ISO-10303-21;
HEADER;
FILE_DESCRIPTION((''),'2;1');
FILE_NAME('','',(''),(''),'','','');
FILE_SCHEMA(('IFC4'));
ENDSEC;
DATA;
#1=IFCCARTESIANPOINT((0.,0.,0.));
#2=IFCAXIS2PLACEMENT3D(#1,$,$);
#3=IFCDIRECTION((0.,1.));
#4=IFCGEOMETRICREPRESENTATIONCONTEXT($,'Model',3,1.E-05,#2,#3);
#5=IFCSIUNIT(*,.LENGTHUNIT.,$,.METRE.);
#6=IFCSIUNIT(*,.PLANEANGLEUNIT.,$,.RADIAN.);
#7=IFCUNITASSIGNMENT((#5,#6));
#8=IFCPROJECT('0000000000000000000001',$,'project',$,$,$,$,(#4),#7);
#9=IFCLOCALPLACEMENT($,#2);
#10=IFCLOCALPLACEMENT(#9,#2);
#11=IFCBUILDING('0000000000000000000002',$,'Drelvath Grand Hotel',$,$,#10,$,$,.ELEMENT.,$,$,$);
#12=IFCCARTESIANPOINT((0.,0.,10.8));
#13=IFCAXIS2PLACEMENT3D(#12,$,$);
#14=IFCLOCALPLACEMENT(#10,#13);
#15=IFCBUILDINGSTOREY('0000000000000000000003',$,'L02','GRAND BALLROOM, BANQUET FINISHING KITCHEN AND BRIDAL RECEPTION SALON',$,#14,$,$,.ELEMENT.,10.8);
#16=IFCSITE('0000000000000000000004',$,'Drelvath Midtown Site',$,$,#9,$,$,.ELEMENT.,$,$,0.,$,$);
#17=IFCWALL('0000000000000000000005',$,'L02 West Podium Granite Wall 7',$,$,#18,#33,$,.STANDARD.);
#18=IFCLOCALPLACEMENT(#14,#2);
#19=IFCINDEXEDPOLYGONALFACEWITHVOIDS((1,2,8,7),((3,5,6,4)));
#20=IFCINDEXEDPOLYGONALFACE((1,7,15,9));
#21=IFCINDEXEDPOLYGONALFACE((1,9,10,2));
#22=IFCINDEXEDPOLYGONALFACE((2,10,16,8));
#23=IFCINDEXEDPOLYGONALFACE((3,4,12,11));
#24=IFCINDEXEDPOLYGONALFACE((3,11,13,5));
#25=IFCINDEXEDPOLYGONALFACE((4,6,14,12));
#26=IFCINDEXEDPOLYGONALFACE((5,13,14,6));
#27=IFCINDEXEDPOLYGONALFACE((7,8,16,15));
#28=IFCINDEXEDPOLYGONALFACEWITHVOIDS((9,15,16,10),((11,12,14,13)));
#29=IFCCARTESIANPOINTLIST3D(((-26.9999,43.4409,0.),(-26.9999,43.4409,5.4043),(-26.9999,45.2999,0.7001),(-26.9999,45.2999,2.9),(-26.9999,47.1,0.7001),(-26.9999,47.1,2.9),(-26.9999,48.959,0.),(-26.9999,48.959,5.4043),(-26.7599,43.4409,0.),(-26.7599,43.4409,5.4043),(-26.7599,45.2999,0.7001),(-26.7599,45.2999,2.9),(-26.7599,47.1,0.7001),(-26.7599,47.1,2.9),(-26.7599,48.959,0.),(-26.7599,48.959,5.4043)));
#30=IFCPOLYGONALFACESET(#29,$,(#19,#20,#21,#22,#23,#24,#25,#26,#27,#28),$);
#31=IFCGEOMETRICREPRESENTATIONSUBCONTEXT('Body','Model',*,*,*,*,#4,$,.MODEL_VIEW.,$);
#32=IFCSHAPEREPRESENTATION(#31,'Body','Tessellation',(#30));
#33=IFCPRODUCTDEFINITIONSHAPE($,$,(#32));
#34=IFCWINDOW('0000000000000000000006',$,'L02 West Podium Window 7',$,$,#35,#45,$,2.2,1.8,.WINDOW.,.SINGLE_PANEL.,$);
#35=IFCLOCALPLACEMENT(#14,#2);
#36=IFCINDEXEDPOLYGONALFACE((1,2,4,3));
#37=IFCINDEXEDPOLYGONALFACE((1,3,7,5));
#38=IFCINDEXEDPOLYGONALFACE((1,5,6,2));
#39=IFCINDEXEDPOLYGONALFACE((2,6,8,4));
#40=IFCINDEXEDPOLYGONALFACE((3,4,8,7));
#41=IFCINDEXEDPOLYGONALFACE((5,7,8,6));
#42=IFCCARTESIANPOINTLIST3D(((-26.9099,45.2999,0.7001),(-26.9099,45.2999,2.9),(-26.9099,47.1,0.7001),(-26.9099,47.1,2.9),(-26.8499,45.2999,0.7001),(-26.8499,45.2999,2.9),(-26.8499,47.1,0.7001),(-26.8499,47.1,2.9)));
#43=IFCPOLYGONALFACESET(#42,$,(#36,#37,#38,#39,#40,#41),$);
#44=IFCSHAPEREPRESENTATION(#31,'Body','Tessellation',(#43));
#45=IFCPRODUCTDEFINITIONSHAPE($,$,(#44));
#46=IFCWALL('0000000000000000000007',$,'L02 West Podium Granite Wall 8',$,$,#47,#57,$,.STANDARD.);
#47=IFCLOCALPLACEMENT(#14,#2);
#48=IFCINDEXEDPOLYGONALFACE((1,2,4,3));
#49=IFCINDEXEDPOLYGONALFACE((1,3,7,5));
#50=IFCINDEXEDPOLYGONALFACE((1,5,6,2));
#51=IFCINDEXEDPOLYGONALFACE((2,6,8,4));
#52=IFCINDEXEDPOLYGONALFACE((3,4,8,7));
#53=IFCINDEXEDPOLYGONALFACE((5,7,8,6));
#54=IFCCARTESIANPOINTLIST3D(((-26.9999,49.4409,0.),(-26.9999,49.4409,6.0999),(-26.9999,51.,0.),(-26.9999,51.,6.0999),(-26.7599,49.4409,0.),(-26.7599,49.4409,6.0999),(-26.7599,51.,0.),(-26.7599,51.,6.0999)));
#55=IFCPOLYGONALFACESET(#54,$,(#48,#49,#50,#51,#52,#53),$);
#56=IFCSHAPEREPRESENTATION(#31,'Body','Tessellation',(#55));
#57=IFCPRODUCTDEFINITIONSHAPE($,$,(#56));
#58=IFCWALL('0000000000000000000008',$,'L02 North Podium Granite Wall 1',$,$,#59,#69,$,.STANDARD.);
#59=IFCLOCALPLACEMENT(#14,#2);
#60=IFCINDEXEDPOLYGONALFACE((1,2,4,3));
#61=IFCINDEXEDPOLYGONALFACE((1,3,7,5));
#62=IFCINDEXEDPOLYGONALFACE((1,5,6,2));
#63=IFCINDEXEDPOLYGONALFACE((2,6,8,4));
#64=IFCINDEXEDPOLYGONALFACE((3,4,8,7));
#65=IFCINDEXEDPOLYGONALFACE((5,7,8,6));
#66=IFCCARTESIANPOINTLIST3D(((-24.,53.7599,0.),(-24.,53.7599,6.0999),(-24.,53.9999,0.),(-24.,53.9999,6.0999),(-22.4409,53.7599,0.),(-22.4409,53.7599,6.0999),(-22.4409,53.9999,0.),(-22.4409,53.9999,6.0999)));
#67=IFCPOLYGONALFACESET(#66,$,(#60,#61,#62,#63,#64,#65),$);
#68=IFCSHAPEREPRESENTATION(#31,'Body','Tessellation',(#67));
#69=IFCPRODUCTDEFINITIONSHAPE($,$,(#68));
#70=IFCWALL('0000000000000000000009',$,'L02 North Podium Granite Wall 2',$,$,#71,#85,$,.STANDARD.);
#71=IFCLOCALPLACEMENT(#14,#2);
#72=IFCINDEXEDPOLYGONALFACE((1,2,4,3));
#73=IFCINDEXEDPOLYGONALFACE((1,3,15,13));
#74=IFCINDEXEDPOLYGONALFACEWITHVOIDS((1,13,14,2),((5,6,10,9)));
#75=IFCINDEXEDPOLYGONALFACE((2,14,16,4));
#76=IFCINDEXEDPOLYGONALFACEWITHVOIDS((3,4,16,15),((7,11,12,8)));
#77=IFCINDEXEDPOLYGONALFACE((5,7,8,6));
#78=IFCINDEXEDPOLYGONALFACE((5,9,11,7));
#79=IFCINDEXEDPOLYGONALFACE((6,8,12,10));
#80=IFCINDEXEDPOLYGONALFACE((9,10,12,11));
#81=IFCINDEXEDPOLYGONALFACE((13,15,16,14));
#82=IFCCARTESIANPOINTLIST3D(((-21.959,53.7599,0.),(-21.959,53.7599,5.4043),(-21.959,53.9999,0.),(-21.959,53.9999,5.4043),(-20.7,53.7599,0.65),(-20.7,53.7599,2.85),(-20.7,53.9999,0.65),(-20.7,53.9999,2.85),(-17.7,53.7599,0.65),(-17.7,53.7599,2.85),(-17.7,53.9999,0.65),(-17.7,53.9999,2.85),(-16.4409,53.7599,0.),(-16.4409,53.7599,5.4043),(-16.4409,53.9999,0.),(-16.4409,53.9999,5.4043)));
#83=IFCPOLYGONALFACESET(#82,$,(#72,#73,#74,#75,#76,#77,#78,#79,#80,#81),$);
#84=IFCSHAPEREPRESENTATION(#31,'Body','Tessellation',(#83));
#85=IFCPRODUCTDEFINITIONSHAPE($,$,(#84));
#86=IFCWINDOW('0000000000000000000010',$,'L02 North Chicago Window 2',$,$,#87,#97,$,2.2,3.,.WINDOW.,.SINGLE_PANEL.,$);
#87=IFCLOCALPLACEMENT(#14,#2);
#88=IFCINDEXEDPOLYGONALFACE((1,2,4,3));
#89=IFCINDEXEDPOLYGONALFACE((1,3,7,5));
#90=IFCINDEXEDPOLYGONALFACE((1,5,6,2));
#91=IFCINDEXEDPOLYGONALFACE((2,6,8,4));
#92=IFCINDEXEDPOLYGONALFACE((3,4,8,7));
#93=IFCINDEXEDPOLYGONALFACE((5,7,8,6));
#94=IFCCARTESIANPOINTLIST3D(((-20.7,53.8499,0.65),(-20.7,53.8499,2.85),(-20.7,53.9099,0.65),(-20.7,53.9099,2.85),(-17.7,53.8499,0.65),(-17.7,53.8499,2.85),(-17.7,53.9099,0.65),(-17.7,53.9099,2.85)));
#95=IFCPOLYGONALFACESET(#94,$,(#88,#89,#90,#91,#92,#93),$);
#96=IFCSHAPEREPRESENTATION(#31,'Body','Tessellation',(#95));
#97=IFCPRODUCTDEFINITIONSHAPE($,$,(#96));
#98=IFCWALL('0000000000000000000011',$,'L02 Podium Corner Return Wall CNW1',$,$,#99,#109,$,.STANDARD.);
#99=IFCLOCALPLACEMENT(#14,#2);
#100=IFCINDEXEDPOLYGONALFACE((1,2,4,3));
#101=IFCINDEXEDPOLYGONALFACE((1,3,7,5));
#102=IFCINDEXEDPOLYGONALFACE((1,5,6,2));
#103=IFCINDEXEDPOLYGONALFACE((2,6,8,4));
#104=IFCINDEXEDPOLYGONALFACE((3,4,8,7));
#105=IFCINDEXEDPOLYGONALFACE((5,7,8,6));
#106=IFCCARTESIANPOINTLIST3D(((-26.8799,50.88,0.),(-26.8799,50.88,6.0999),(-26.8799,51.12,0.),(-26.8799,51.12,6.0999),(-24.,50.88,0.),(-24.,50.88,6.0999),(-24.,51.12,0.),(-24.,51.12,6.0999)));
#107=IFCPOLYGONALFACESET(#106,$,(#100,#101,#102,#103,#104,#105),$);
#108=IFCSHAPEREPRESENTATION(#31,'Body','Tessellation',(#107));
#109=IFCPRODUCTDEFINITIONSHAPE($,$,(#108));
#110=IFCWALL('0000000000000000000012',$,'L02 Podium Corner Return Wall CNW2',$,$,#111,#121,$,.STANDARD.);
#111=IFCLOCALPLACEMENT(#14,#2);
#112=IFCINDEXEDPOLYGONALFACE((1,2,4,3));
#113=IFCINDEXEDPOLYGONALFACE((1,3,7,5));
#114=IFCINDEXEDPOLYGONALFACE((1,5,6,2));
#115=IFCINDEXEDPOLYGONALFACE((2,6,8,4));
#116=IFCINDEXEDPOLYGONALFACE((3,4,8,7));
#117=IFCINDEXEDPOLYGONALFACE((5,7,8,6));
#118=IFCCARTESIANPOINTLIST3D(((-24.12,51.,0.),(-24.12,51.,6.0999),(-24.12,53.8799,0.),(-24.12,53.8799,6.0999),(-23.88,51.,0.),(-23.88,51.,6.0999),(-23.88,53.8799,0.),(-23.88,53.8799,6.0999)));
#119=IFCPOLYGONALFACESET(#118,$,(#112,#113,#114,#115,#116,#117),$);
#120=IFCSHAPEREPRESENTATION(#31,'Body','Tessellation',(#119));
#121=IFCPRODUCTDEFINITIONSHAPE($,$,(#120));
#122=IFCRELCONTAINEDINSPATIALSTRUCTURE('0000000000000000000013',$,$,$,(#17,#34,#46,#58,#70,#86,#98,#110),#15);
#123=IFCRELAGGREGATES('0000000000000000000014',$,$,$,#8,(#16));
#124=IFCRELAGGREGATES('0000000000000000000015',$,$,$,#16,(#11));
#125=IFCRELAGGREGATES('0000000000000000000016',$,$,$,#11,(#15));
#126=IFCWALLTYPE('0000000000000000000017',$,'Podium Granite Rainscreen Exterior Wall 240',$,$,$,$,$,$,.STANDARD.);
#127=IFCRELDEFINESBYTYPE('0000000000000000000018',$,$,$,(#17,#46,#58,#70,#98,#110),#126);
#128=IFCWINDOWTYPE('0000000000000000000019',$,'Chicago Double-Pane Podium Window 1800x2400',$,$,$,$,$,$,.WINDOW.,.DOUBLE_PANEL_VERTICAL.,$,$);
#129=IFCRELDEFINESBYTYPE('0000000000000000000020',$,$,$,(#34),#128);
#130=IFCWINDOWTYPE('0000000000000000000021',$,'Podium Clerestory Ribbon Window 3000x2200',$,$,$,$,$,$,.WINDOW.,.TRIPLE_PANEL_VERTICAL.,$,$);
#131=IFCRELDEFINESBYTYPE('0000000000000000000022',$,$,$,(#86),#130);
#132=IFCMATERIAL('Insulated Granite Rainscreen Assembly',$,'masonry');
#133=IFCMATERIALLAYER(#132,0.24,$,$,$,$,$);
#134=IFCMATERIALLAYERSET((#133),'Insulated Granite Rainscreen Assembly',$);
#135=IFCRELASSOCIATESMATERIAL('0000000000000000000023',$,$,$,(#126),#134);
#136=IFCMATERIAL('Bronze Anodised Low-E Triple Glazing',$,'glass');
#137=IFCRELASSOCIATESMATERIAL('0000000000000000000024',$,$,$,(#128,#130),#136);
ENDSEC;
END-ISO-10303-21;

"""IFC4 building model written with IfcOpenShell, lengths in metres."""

from ifc_helpers import new_model, si_unit, direction, frame, frame_2d, origin, place, context, subcontext, project, spatial, rectangle, extrude, material, layer, layer_set, type_object, element, fill, save


model = new_model("IFC4")

# Units and contexts
model_context = context("Model", 3, precision=1e-05, world=origin(), true_north=direction((0.0, 1.0)))
body_context = subcontext(model_context, "Body", "Model", "MODEL_VIEW")
ifc_project = project(units=[si_unit("LENGTHUNIT", "METRE"), si_unit("PLANEANGLEUNIT", "RADIAN")], contexts=[model_context])

# Site, building, storey
site_placement = place(None, origin())
site = spatial("IfcSite", under=ifc_project, at=site_placement, Name="Drelvath Midtown Site", CompositionType="ELEMENT", RefElevation=0.0)
building_placement = place(site_placement, origin())
building = spatial("IfcBuilding", under=site, at=building_placement, Name="Drelvath Grand Hotel", CompositionType="ELEMENT")
storey_placement = place(building_placement, frame((0.0, 0.0, 10.8)))
storey = spatial("IfcBuildingStorey", under=building, at=storey_placement, Name="L02", Description="GRAND BALLROOM, BANQUET FINISHING KITCHEN AND BRIDAL RECEPTION SALON", CompositionType="ELEMENT", Elevation=10.8)

# Shared definitions
ifc_material_1 = material(Name="Insulated Granite Rainscreen Assembly", Category="masonry")
ifc_layer_1 = layer(ifc_material_1, 0.24)
ifc_layer_set_1 = layer_set([ifc_layer_1], Name="Insulated Granite Rainscreen Assembly")
wall_type_1 = type_object("IfcWallType", Name="Podium Granite Rainscreen Exterior Wall 240", PredefinedType="STANDARD", material=ifc_layer_set_1)
ifc_material_2 = material(Name="Bronze Anodised Low-E Triple Glazing", Category="glass")

# Wall, opening, window
wall_1_placement = place(storey_placement, frame((-26.8799, 43.4409, 0.0), z_axis=(0.0, 0.0, 1.0), x_axis=(0.0, 1.0, 0.0)))
wall_1 = element("IfcWall", 1, at=wall_1_placement, inside=storey, type_object=wall_type_1, Name="L02 West Podium Granite Wall 7", PredefinedType="STANDARD", context=body_context, shape_type="SweptSolid", body=[
    extrude(rectangle(XDim=5.5181, YDim=0.24, at=frame_2d((2.759, 0.0))), origin(), (0.0, 0.0, 1.0), 5.4043),
])
opening_1_placement = place(wall_1_placement, frame((1.8591, 0.0, 0.7)))
opening_1 = element("IfcOpeningElement", 2, at=opening_1_placement, cuts=wall_1, PredefinedType="OPENING", context=body_context, shape_type="SweptSolid", body=[
    extrude(rectangle(XDim=1.8, YDim=2.2, at=frame_2d((0.8999, 1.1001))), frame((0.0, 0.1299, 0.0), z_axis=(0.0, -1.0, 0.0), x_axis=(1.0, 0.0, 0.0)), (0.0, 0.0, 1.0), 0.26),
])
window_type_1 = type_object("IfcWindowType", Name="Chicago Double-Pane Podium Window 1800x2400", PartitioningType="DOUBLE_PANEL_VERTICAL", PredefinedType="WINDOW", material=ifc_material_2)
window_1_placement = place(opening_1_placement, origin())
window_1 = element("IfcWindow", 3, at=window_1_placement, inside=storey, type_object=window_type_1, Name="L02 West Podium Window 7", OverallHeight=2.2, OverallWidth=1.8, PartitioningType="SINGLE_PANEL", PredefinedType="WINDOW", context=body_context, shape_type="SweptSolid", body=[
    extrude(rectangle(XDim=1.8, YDim=2.2, at=frame_2d((0.8999, 1.1001))), frame((0.0, 0.03, 0.0), z_axis=(0.0, -1.0, 0.0), x_axis=(1.0, 0.0, 0.0)), (0.0, 0.0, 1.0), 0.0601),
])
fill(opening_1, window_1)

# Walls
for number, where, z_axis, x_axis, name in (
    (4, (-26.8799, 49.4409, 0.0), (0.0, 0.0, 1.0), (0.0, 1.0, 0.0), "L02 West Podium Granite Wall 8"),
    (5, (-24.0, 53.8799, 0.0), (0.0, 0.0, 1.0), (1.0, 0.0, 0.0), "L02 North Podium Granite Wall 1"),
):
    element("IfcWall", number, at=place(storey_placement, frame(where, z_axis=z_axis, x_axis=x_axis)), inside=storey, type_object=wall_type_1, Name=name, PredefinedType="STANDARD", context=body_context, shape_type="SweptSolid", body=[
        extrude(rectangle(XDim=1.5591, YDim=0.24, at=frame_2d((0.7795, 0.0))), origin(), (0.0, 0.0, 1.0), 6.0999),
    ])

# Wall, opening, window
wall_2_placement = place(storey_placement, frame((-21.959, 53.8799, 0.0), z_axis=(0.0, 0.0, 1.0), x_axis=(1.0, 0.0, 0.0)))
wall_2 = element("IfcWall", 6, at=wall_2_placement, inside=storey, type_object=wall_type_1, Name="L02 North Podium Granite Wall 2", PredefinedType="STANDARD", context=body_context, shape_type="SweptSolid", body=[
    extrude(rectangle(XDim=5.5181, YDim=0.24, at=frame_2d((2.759, 0.0))), origin(), (0.0, 0.0, 1.0), 5.4043),
])
opening_2_placement = place(wall_2_placement, frame((1.259, 0.0, 0.6499)))
opening_2 = element("IfcOpeningElement", 7, at=opening_2_placement, cuts=wall_2, PredefinedType="OPENING", context=body_context, shape_type="SweptSolid", body=[
    extrude(rectangle(XDim=3.0, YDim=2.2, at=frame_2d((1.5, 1.1001))), frame((0.0, 0.1299, 0.0), z_axis=(0.0, -1.0, 0.0), x_axis=(1.0, 0.0, 0.0)), (0.0, 0.0, 1.0), 0.26),
])
window_type_2 = type_object("IfcWindowType", Name="Podium Clerestory Ribbon Window 3000x2200", PartitioningType="TRIPLE_PANEL_VERTICAL", PredefinedType="WINDOW", material=ifc_material_2)
window_2_placement = place(opening_2_placement, origin())
window_2 = element("IfcWindow", 8, at=window_2_placement, inside=storey, type_object=window_type_2, Name="L02 North Chicago Window 2", OverallHeight=2.2, OverallWidth=3.0, PartitioningType="SINGLE_PANEL", PredefinedType="WINDOW", context=body_context, shape_type="SweptSolid", body=[
    extrude(rectangle(XDim=3.0, YDim=2.2, at=frame_2d((1.5, 1.1001))), frame((0.0, 0.03, 0.0), z_axis=(0.0, -1.0, 0.0), x_axis=(1.0, 0.0, 0.0)), (0.0, 0.0, 1.0), 0.0601),
])
fill(opening_2, window_2)

# Walls
for number, where, z_axis, x_axis, name in (
    (9, (-26.8799, 51.0, 0.0), (0.0, 0.0, 1.0), (1.0, 0.0, 0.0), "L02 Podium Corner Return Wall CNW1"),
    (10, (-24.0, 51.0, 0.0), (0.0, 0.0, 1.0), (0.0, 1.0, 0.0), "L02 Podium Corner Return Wall CNW2"),
):
    element("IfcWall", number, at=place(storey_placement, frame(where, z_axis=z_axis, x_axis=x_axis)), inside=storey, type_object=wall_type_1, Name=name, PredefinedType="STANDARD", context=body_context, shape_type="SweptSolid", body=[
        extrude(rectangle(XDim=2.8799, YDim=0.24, at=frame_2d((1.4399, 0.0))), origin(), (0.0, 0.0, 1.0), 6.0999),
    ])

save(model, "model.ifc")
